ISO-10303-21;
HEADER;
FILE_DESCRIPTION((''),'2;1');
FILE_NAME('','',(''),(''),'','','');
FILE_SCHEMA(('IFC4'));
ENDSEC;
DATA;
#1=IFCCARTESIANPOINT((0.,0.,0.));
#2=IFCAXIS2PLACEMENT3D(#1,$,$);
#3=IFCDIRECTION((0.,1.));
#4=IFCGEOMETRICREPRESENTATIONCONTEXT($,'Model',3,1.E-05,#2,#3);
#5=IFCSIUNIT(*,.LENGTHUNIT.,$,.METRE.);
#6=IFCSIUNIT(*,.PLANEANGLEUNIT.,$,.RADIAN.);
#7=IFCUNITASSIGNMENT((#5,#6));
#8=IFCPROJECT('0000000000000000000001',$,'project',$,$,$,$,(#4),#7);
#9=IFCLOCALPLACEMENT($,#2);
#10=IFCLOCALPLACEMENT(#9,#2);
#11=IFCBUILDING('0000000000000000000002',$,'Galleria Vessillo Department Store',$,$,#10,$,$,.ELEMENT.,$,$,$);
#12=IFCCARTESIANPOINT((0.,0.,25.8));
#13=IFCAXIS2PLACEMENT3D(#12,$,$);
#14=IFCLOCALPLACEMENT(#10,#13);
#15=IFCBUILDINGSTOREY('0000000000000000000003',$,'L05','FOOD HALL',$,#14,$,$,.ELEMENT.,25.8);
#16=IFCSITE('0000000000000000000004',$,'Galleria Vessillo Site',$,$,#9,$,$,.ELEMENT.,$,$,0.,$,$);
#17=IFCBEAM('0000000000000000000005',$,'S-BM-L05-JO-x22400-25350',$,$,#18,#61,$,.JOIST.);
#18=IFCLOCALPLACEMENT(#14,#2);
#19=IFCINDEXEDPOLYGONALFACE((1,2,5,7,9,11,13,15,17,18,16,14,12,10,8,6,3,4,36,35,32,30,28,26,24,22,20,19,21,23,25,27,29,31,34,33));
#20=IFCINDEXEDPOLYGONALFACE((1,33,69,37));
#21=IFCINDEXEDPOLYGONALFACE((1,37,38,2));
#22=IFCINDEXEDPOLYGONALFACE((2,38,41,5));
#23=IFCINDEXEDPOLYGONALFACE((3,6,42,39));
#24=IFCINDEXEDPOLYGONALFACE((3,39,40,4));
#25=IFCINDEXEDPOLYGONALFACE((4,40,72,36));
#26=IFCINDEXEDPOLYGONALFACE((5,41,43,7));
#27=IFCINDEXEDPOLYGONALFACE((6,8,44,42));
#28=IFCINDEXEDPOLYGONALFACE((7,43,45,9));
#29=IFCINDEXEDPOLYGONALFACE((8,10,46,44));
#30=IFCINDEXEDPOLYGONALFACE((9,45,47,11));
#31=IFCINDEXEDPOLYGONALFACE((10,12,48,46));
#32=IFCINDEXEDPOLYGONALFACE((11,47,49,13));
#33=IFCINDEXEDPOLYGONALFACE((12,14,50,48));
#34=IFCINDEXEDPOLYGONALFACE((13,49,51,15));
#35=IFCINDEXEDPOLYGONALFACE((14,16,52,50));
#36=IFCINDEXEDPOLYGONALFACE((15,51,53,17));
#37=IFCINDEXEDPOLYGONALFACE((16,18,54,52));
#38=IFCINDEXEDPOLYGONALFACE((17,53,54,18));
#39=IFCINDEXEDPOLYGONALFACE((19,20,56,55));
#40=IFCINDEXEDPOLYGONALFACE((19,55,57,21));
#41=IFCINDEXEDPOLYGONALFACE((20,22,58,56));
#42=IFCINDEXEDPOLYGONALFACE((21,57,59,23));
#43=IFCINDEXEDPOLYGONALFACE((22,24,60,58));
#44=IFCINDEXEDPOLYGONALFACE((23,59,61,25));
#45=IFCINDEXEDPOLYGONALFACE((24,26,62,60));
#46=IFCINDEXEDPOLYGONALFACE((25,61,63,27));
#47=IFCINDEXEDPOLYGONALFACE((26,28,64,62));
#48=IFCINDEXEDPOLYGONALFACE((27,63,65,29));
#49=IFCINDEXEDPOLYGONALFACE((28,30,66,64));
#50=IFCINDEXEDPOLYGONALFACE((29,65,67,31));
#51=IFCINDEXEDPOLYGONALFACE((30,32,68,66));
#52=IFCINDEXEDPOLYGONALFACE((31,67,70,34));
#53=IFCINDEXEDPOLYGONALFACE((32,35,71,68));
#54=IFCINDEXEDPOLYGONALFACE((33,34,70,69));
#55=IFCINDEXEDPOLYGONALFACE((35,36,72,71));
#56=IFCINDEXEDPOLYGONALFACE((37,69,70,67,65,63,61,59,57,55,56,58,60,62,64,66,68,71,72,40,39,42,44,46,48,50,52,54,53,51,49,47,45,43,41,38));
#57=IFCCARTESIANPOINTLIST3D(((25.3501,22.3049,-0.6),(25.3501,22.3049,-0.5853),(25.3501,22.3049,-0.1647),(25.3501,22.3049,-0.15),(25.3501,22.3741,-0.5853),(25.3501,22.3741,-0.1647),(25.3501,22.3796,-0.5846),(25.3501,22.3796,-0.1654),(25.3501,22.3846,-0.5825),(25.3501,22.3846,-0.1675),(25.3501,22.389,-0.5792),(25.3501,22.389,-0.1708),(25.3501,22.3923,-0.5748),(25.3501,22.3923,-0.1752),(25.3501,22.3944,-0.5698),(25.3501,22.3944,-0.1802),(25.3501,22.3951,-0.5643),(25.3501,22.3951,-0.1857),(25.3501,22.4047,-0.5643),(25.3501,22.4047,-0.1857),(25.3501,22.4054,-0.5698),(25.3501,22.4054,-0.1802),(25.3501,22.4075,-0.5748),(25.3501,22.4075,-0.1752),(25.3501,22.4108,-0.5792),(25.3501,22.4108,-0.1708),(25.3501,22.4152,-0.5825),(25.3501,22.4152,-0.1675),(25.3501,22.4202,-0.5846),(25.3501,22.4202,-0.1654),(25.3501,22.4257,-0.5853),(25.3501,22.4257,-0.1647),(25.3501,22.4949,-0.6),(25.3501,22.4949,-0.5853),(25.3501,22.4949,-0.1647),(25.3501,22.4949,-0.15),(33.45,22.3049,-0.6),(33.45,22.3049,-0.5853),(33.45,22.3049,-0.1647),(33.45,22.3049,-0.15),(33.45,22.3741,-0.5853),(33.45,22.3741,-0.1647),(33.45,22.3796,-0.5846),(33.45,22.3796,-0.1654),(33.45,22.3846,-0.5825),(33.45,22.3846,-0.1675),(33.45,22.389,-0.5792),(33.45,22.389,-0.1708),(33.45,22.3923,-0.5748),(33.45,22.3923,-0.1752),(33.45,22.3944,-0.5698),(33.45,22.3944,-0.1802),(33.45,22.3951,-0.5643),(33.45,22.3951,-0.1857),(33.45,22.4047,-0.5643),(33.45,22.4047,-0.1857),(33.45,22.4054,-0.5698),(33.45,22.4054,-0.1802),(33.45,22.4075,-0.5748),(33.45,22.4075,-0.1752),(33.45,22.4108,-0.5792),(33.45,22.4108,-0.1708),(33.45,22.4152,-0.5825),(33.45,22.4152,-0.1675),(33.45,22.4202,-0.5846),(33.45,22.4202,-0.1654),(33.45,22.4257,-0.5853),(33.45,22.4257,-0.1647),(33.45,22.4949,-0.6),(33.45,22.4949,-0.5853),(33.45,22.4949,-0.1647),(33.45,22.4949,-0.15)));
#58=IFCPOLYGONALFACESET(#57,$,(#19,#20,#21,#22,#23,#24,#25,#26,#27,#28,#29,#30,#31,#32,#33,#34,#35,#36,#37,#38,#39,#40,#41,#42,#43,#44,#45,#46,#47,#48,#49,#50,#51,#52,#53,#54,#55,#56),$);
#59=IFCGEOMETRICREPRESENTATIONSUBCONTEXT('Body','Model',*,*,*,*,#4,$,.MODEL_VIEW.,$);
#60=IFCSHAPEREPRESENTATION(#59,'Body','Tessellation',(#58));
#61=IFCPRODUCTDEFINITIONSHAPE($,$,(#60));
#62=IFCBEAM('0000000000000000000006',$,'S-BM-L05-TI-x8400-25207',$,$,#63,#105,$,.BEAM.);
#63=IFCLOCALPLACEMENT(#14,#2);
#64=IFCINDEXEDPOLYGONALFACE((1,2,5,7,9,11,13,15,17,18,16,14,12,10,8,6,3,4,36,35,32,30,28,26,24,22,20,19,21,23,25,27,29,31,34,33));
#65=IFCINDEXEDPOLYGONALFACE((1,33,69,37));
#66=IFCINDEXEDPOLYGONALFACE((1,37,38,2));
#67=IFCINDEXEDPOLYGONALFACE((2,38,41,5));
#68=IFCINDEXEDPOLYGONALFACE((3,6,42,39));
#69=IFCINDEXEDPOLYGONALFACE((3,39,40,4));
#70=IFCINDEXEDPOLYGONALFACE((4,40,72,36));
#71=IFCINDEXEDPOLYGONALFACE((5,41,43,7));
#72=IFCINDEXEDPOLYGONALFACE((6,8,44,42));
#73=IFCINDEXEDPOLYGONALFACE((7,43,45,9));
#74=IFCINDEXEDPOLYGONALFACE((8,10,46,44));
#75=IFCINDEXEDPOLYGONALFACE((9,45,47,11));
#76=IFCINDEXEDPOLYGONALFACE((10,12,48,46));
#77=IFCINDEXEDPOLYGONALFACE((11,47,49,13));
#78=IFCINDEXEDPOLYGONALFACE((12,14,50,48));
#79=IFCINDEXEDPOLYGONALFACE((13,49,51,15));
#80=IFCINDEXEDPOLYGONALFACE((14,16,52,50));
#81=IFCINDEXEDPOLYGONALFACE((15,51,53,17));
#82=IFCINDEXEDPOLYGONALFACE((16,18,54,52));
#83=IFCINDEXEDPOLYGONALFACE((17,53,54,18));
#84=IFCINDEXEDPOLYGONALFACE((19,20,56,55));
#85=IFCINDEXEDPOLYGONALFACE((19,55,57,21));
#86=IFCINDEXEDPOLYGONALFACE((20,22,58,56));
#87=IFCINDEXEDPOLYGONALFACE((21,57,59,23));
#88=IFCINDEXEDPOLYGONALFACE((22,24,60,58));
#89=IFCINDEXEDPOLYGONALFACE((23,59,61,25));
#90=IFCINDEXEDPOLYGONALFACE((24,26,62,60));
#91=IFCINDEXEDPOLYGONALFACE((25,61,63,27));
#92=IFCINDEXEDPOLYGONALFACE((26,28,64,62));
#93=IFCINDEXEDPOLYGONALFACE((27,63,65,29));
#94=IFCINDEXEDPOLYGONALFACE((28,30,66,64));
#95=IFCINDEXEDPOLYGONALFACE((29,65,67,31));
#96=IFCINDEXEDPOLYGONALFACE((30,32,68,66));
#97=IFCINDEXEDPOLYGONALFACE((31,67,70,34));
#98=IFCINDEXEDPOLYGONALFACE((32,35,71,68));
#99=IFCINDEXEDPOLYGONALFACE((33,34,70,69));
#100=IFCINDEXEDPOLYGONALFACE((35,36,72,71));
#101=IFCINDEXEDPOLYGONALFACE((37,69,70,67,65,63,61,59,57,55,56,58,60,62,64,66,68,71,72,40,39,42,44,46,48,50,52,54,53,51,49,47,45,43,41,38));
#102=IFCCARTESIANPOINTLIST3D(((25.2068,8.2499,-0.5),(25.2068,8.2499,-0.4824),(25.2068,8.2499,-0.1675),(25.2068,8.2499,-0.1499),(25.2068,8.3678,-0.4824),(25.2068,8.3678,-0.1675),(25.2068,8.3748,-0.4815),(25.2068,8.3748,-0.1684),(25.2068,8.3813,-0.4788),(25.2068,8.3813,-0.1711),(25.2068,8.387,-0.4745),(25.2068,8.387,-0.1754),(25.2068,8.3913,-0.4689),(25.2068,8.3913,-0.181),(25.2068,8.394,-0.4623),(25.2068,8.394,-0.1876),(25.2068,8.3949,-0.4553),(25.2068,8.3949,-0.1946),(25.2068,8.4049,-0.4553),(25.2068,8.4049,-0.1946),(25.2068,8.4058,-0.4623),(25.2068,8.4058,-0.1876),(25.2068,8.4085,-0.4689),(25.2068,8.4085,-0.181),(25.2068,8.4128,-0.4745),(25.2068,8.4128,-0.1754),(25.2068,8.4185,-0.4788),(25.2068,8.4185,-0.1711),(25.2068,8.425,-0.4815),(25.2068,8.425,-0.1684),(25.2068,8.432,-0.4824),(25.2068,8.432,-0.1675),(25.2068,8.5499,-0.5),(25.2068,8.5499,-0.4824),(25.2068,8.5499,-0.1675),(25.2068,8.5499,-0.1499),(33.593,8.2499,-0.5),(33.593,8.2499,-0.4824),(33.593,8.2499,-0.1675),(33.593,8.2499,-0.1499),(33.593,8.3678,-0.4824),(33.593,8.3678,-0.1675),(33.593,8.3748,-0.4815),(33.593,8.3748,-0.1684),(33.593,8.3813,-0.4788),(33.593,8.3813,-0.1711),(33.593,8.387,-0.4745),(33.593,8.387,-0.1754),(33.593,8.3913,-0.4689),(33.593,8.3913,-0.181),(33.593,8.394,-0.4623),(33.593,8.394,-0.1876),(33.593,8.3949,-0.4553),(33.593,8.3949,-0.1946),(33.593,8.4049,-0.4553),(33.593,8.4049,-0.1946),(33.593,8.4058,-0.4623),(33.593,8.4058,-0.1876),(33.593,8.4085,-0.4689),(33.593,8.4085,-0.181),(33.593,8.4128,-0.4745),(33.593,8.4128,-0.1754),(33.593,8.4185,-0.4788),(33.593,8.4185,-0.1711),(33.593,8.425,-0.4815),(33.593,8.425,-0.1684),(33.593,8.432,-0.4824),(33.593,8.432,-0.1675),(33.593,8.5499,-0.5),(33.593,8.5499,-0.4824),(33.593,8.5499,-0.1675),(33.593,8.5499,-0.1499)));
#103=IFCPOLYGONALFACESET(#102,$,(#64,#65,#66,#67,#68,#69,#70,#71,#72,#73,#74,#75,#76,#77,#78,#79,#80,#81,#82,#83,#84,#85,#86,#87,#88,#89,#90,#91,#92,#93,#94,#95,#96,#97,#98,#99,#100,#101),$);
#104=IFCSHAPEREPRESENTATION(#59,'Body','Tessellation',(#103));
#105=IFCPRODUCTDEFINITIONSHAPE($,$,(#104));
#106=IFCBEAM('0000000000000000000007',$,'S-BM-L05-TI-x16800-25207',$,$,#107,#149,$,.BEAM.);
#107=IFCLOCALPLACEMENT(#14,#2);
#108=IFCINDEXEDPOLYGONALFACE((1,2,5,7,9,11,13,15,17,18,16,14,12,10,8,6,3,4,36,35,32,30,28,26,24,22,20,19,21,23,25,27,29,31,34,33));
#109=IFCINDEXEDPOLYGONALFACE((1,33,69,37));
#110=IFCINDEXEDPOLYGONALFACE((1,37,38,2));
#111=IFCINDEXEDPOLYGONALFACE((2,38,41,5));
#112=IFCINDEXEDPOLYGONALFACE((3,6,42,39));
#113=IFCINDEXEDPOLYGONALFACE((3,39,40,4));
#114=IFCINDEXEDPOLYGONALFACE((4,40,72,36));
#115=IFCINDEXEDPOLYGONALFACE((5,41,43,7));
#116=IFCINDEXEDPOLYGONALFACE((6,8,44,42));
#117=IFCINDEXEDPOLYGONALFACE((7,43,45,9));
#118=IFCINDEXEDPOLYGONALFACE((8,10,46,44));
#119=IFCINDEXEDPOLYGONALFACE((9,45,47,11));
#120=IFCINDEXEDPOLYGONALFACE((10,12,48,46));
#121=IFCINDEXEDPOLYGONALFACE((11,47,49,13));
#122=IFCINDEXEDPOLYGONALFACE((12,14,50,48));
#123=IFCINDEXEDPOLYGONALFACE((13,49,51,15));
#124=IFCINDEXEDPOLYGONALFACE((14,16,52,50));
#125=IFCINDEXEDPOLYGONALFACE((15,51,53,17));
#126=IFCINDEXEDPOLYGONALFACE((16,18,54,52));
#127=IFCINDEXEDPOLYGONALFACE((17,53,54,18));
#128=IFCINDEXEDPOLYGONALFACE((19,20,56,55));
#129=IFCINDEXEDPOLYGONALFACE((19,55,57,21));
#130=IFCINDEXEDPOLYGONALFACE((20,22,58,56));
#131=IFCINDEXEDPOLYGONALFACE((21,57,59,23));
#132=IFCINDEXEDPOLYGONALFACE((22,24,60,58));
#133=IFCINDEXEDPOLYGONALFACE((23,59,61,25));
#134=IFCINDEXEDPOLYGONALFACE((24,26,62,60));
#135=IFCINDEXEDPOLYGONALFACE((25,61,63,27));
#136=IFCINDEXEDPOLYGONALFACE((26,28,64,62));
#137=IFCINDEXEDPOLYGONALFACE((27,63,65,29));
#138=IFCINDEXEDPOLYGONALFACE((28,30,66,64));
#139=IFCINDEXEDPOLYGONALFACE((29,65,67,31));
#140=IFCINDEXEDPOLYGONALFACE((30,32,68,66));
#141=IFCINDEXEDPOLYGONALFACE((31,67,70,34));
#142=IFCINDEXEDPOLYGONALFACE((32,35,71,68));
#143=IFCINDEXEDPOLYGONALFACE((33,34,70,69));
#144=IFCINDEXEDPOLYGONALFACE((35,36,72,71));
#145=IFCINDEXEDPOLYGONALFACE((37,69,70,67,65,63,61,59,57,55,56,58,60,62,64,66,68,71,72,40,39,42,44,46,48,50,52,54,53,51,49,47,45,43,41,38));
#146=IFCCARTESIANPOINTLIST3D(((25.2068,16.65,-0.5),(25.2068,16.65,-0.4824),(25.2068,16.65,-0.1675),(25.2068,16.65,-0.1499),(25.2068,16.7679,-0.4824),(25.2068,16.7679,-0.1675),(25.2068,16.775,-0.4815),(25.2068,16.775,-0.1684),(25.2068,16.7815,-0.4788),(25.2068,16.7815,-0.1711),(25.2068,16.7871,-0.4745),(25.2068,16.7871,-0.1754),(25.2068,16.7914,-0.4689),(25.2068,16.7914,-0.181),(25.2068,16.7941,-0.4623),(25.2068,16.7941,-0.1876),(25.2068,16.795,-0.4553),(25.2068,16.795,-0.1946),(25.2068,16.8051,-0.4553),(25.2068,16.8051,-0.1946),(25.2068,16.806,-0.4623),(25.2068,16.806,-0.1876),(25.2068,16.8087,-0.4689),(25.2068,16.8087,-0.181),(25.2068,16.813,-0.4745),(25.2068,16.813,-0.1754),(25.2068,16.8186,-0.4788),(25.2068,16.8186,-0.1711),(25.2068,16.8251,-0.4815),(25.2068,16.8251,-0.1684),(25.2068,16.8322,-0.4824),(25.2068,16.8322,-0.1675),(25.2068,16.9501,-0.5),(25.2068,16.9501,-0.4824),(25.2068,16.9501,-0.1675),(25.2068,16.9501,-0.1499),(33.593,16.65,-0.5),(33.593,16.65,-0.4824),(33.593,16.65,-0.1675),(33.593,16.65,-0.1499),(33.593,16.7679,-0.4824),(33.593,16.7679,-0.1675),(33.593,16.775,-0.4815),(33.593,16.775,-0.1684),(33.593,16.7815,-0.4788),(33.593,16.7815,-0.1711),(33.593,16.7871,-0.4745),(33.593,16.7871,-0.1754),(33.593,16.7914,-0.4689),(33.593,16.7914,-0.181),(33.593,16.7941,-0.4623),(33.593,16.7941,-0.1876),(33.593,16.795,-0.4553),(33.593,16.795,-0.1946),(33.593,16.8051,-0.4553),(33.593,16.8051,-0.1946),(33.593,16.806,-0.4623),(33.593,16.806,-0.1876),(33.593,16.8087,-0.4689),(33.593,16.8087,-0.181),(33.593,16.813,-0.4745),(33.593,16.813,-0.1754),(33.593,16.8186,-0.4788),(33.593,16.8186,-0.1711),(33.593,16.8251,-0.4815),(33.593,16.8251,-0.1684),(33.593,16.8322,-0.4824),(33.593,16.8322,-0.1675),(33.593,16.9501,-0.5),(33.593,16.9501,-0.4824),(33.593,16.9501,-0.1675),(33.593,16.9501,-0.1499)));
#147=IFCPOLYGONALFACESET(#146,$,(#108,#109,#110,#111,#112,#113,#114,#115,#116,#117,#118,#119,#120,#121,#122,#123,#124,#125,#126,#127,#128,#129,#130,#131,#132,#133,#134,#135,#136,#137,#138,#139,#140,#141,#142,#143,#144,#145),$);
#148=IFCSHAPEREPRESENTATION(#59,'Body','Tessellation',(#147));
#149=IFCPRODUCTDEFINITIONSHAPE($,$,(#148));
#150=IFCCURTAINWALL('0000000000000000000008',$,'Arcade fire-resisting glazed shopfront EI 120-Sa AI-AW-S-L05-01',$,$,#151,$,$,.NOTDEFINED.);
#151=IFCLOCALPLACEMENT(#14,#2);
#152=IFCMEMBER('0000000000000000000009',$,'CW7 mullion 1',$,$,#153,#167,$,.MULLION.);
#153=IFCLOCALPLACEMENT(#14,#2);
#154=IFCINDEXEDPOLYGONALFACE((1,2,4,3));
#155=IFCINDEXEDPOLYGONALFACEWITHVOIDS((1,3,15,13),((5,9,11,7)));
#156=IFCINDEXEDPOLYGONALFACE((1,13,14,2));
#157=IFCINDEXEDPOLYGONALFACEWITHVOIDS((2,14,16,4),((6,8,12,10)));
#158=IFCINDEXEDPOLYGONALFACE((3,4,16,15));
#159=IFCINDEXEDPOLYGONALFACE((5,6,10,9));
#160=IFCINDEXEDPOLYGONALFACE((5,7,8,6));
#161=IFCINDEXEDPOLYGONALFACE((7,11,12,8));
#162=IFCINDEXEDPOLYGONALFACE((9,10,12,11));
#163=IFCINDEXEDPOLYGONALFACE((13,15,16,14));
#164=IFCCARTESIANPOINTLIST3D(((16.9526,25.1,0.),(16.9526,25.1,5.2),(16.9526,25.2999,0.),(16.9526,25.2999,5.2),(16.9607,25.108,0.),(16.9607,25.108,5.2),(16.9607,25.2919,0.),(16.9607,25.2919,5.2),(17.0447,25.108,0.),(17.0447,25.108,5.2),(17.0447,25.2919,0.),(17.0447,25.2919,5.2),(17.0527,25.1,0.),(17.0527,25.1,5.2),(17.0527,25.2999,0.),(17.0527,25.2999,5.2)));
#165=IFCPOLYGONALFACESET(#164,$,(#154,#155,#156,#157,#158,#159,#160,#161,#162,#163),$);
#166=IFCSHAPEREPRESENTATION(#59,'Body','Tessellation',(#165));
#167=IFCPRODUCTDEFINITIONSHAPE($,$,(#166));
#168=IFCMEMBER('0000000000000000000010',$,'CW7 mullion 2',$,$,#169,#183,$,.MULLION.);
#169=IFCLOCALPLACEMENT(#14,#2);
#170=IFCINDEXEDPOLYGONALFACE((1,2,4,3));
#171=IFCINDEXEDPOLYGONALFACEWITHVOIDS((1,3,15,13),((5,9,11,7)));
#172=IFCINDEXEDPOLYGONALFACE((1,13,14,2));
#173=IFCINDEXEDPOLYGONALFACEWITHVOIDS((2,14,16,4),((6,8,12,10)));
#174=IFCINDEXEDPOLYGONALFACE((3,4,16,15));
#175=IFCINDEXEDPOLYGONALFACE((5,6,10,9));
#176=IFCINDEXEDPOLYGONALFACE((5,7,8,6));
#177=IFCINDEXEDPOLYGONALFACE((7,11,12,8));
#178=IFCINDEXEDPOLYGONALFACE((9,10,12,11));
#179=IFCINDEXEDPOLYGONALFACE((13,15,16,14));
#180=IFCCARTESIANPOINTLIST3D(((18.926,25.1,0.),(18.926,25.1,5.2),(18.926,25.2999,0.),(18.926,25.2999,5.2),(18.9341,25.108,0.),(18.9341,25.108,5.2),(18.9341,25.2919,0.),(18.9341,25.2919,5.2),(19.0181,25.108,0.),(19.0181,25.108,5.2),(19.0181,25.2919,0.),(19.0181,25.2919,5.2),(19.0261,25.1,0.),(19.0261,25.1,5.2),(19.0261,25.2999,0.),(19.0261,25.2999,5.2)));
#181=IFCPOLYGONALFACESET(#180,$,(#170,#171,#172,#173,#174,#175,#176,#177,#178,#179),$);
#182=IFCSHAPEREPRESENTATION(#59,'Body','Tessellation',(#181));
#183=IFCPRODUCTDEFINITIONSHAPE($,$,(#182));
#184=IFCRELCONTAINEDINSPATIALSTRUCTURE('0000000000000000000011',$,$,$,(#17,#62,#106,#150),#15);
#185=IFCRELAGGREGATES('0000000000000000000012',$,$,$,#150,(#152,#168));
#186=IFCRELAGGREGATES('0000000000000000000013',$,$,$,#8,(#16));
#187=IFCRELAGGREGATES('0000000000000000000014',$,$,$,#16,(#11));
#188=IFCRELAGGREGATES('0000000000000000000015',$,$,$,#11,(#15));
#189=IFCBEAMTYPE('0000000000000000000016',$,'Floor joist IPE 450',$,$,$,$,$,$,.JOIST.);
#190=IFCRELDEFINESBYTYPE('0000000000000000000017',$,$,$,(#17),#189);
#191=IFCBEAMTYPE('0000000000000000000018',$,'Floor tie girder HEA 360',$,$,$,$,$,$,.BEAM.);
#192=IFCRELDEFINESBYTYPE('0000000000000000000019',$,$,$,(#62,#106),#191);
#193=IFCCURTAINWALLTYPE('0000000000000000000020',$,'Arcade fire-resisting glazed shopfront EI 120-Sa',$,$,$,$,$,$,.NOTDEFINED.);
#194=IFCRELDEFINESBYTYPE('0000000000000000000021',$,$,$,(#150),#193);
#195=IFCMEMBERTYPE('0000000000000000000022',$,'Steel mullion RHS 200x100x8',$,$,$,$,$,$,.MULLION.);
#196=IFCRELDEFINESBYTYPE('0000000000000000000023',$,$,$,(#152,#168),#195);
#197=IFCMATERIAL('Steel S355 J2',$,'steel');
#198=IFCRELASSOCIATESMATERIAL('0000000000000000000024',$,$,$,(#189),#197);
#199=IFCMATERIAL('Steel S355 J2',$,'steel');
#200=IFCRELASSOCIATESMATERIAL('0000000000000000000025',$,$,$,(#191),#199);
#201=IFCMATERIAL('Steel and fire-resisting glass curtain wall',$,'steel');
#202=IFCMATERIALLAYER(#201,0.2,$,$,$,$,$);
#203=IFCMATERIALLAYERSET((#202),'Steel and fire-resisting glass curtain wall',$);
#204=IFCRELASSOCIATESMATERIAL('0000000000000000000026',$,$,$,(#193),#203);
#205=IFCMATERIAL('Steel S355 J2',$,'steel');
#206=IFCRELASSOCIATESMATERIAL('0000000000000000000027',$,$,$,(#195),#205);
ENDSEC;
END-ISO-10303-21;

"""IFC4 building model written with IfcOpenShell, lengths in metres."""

from ifc_helpers import new_model, si_unit, direction, frame, origin, origin_2d, place, context, subcontext, project, spatial, hollow_rectangle, i_section, extrude, material, layer, layer_set, material_profile, profile_set, type_object, element, aggregate, save


model = new_model("IFC4")

# Units and contexts
model_context = context("Model", 3, precision=1e-05, world=origin(), true_north=direction((0.0, 1.0)))
body_context = subcontext(model_context, "Body", "Model", "MODEL_VIEW")
ifc_project = project(units=[si_unit("LENGTHUNIT", "METRE"), si_unit("PLANEANGLEUNIT", "RADIAN")], contexts=[model_context])

# Site, building, storey
site_placement = place(None, origin())
site = spatial("IfcSite", under=ifc_project, at=site_placement, Name="Galleria Vessillo Site", CompositionType="ELEMENT", RefElevation=0.0)
building_placement = place(site_placement, origin())
building = spatial("IfcBuilding", under=site, at=building_placement, Name="Galleria Vessillo Department Store", CompositionType="ELEMENT")
storey_placement = place(building_placement, frame((0.0, 0.0, 25.8)))
storey = spatial("IfcBuildingStorey", under=building, at=storey_placement, Name="L05", Description="FOOD HALL", CompositionType="ELEMENT", Elevation=25.8)

# Beams
ifc_material_1 = material(Name="Steel S355 J2", Category="steel")
ifc_material_profile_1 = material_profile(ifc_material_1, i_section(OverallWidth=0.1899, OverallDepth=0.45, WebThickness=0.0095, FlangeThickness=0.0146, FilletRadius=0.021, at=origin_2d()), Name="IPE 450")
ifc_profile_set_1 = profile_set([ifc_material_profile_1], Name="Steel S355 J2")
beam_type_1 = type_object("IfcBeamType", Name="Floor joist IPE 450", PredefinedType="JOIST", material=ifc_profile_set_1)
for number, where, z_axis, x_axis, name in (
    (1, (25.3501, 22.3999, -0.375), (1.0, 0.0, 0.0), (0.0, 1.0, 0.0), "S-BM-L05-JO-x22400-25350"),
):
    element("IfcBeam", number, at=place(storey_placement, frame(where, z_axis=z_axis, x_axis=x_axis)), inside=storey, type_object=beam_type_1, Name=name, PredefinedType="JOIST", context=body_context, shape_type="SweptSolid", body=[
        extrude(i_section(OverallWidth=0.1899, OverallDepth=0.45, WebThickness=0.0095, FlangeThickness=0.0146, FilletRadius=0.021, at=origin_2d()), origin(), (0.0, 0.0, 1.0), 8.0999),
    ])
ifc_material_2 = material(Name="Steel S355 J2", Category="steel")
ifc_material_profile_2 = material_profile(ifc_material_2, i_section(OverallWidth=0.3, OverallDepth=0.3501, WebThickness=0.01, FlangeThickness=0.0176, FilletRadius=0.0271, at=origin_2d()), Name="HEA 360")
ifc_profile_set_2 = profile_set([ifc_material_profile_2], Name="Steel S355 J2")
beam_type_2 = type_object("IfcBeamType", Name="Floor tie girder HEA 360", PredefinedType="BEAM", material=ifc_profile_set_2)
for number, where, z_axis, x_axis, name in (
    (2, (25.2068, 8.3999, -0.325), (1.0, 0.0, 0.0), (0.0, 1.0, 0.0), "S-BM-L05-TI-x8400-25207"),
    (3, (25.2068, 16.8, -0.325), (1.0, 0.0, 0.0), (0.0, 1.0, 0.0), "S-BM-L05-TI-x16800-25207"),
):
    element("IfcBeam", number, at=place(storey_placement, frame(where, z_axis=z_axis, x_axis=x_axis)), inside=storey, type_object=beam_type_2, Name=name, PredefinedType="BEAM", context=body_context, shape_type="SweptSolid", body=[
        extrude(i_section(OverallWidth=0.3, OverallDepth=0.3501, WebThickness=0.01, FlangeThickness=0.0176, FilletRadius=0.0271, at=origin_2d()), origin(), (0.0, 0.0, 1.0), 8.3862),
    ])

# Curtain wall, members
ifc_material_3 = material(Name="Steel and fire-resisting glass curtain wall", Category="steel")
ifc_layer_1 = layer(ifc_material_3, 0.2)
ifc_layer_set_1 = layer_set([ifc_layer_1], Name="Steel and fire-resisting glass curtain wall")
curtain_wall_type = type_object("IfcCurtainWallType", Name="Arcade fire-resisting glazed shopfront EI 120-Sa", PredefinedType="NOTDEFINED", material=ifc_layer_set_1)
curtain_wall_placement = place(storey_placement, origin())
curtain_wall = element("IfcCurtainWall", 4, at=curtain_wall_placement, inside=storey, type_object=curtain_wall_type, Name="Arcade fire-resisting glazed shopfront EI 120-Sa AI-AW-S-L05-01", PredefinedType="NOTDEFINED")
ifc_material_4 = material(Name="Steel S355 J2", Category="steel")
ifc_material_profile_3 = material_profile(ifc_material_4, hollow_rectangle(XDim=0.2, YDim=0.1001, WallThickness=0.0081, at=origin_2d()), Name="RHS 200x100x8")
ifc_profile_set_3 = profile_set([ifc_material_profile_3], Name="Steel S355 J2")
member_type_1 = type_object("IfcMemberType", Name="Steel mullion RHS 200x100x8", PredefinedType="MULLION", material=ifc_profile_set_3)
member_1_placement = place(storey_placement, frame((17.0027, 25.2, 0.0), z_axis=(0.0, 0.0, 1.0), x_axis=(0.0, 1.0, 0.0)))
member_1 = element("IfcMember", 5, at=member_1_placement, type_object=member_type_1, Name="CW7 mullion 1", PredefinedType="MULLION", context=body_context, shape_type="SweptSolid", body=[
    extrude(hollow_rectangle(XDim=0.2, YDim=0.1001, WallThickness=0.0081, at=origin_2d()), origin(), (0.0, 0.0, 1.0), 5.2),
])
member_2_placement = place(storey_placement, frame((18.9761, 25.2, 0.0), z_axis=(0.0, 0.0, 1.0), x_axis=(0.0, 1.0, 0.0)))
member_2 = element("IfcMember", 6, at=member_2_placement, type_object=member_type_1, Name="CW7 mullion 2", PredefinedType="MULLION", context=body_context, shape_type="SweptSolid", body=[
    extrude(hollow_rectangle(XDim=0.2, YDim=0.1001, WallThickness=0.0081, at=origin_2d()), origin(), (0.0, 0.0, 1.0), 5.2),
])
aggregate(curtain_wall, [member_1, member_2])

save(model, "model.ifc")
